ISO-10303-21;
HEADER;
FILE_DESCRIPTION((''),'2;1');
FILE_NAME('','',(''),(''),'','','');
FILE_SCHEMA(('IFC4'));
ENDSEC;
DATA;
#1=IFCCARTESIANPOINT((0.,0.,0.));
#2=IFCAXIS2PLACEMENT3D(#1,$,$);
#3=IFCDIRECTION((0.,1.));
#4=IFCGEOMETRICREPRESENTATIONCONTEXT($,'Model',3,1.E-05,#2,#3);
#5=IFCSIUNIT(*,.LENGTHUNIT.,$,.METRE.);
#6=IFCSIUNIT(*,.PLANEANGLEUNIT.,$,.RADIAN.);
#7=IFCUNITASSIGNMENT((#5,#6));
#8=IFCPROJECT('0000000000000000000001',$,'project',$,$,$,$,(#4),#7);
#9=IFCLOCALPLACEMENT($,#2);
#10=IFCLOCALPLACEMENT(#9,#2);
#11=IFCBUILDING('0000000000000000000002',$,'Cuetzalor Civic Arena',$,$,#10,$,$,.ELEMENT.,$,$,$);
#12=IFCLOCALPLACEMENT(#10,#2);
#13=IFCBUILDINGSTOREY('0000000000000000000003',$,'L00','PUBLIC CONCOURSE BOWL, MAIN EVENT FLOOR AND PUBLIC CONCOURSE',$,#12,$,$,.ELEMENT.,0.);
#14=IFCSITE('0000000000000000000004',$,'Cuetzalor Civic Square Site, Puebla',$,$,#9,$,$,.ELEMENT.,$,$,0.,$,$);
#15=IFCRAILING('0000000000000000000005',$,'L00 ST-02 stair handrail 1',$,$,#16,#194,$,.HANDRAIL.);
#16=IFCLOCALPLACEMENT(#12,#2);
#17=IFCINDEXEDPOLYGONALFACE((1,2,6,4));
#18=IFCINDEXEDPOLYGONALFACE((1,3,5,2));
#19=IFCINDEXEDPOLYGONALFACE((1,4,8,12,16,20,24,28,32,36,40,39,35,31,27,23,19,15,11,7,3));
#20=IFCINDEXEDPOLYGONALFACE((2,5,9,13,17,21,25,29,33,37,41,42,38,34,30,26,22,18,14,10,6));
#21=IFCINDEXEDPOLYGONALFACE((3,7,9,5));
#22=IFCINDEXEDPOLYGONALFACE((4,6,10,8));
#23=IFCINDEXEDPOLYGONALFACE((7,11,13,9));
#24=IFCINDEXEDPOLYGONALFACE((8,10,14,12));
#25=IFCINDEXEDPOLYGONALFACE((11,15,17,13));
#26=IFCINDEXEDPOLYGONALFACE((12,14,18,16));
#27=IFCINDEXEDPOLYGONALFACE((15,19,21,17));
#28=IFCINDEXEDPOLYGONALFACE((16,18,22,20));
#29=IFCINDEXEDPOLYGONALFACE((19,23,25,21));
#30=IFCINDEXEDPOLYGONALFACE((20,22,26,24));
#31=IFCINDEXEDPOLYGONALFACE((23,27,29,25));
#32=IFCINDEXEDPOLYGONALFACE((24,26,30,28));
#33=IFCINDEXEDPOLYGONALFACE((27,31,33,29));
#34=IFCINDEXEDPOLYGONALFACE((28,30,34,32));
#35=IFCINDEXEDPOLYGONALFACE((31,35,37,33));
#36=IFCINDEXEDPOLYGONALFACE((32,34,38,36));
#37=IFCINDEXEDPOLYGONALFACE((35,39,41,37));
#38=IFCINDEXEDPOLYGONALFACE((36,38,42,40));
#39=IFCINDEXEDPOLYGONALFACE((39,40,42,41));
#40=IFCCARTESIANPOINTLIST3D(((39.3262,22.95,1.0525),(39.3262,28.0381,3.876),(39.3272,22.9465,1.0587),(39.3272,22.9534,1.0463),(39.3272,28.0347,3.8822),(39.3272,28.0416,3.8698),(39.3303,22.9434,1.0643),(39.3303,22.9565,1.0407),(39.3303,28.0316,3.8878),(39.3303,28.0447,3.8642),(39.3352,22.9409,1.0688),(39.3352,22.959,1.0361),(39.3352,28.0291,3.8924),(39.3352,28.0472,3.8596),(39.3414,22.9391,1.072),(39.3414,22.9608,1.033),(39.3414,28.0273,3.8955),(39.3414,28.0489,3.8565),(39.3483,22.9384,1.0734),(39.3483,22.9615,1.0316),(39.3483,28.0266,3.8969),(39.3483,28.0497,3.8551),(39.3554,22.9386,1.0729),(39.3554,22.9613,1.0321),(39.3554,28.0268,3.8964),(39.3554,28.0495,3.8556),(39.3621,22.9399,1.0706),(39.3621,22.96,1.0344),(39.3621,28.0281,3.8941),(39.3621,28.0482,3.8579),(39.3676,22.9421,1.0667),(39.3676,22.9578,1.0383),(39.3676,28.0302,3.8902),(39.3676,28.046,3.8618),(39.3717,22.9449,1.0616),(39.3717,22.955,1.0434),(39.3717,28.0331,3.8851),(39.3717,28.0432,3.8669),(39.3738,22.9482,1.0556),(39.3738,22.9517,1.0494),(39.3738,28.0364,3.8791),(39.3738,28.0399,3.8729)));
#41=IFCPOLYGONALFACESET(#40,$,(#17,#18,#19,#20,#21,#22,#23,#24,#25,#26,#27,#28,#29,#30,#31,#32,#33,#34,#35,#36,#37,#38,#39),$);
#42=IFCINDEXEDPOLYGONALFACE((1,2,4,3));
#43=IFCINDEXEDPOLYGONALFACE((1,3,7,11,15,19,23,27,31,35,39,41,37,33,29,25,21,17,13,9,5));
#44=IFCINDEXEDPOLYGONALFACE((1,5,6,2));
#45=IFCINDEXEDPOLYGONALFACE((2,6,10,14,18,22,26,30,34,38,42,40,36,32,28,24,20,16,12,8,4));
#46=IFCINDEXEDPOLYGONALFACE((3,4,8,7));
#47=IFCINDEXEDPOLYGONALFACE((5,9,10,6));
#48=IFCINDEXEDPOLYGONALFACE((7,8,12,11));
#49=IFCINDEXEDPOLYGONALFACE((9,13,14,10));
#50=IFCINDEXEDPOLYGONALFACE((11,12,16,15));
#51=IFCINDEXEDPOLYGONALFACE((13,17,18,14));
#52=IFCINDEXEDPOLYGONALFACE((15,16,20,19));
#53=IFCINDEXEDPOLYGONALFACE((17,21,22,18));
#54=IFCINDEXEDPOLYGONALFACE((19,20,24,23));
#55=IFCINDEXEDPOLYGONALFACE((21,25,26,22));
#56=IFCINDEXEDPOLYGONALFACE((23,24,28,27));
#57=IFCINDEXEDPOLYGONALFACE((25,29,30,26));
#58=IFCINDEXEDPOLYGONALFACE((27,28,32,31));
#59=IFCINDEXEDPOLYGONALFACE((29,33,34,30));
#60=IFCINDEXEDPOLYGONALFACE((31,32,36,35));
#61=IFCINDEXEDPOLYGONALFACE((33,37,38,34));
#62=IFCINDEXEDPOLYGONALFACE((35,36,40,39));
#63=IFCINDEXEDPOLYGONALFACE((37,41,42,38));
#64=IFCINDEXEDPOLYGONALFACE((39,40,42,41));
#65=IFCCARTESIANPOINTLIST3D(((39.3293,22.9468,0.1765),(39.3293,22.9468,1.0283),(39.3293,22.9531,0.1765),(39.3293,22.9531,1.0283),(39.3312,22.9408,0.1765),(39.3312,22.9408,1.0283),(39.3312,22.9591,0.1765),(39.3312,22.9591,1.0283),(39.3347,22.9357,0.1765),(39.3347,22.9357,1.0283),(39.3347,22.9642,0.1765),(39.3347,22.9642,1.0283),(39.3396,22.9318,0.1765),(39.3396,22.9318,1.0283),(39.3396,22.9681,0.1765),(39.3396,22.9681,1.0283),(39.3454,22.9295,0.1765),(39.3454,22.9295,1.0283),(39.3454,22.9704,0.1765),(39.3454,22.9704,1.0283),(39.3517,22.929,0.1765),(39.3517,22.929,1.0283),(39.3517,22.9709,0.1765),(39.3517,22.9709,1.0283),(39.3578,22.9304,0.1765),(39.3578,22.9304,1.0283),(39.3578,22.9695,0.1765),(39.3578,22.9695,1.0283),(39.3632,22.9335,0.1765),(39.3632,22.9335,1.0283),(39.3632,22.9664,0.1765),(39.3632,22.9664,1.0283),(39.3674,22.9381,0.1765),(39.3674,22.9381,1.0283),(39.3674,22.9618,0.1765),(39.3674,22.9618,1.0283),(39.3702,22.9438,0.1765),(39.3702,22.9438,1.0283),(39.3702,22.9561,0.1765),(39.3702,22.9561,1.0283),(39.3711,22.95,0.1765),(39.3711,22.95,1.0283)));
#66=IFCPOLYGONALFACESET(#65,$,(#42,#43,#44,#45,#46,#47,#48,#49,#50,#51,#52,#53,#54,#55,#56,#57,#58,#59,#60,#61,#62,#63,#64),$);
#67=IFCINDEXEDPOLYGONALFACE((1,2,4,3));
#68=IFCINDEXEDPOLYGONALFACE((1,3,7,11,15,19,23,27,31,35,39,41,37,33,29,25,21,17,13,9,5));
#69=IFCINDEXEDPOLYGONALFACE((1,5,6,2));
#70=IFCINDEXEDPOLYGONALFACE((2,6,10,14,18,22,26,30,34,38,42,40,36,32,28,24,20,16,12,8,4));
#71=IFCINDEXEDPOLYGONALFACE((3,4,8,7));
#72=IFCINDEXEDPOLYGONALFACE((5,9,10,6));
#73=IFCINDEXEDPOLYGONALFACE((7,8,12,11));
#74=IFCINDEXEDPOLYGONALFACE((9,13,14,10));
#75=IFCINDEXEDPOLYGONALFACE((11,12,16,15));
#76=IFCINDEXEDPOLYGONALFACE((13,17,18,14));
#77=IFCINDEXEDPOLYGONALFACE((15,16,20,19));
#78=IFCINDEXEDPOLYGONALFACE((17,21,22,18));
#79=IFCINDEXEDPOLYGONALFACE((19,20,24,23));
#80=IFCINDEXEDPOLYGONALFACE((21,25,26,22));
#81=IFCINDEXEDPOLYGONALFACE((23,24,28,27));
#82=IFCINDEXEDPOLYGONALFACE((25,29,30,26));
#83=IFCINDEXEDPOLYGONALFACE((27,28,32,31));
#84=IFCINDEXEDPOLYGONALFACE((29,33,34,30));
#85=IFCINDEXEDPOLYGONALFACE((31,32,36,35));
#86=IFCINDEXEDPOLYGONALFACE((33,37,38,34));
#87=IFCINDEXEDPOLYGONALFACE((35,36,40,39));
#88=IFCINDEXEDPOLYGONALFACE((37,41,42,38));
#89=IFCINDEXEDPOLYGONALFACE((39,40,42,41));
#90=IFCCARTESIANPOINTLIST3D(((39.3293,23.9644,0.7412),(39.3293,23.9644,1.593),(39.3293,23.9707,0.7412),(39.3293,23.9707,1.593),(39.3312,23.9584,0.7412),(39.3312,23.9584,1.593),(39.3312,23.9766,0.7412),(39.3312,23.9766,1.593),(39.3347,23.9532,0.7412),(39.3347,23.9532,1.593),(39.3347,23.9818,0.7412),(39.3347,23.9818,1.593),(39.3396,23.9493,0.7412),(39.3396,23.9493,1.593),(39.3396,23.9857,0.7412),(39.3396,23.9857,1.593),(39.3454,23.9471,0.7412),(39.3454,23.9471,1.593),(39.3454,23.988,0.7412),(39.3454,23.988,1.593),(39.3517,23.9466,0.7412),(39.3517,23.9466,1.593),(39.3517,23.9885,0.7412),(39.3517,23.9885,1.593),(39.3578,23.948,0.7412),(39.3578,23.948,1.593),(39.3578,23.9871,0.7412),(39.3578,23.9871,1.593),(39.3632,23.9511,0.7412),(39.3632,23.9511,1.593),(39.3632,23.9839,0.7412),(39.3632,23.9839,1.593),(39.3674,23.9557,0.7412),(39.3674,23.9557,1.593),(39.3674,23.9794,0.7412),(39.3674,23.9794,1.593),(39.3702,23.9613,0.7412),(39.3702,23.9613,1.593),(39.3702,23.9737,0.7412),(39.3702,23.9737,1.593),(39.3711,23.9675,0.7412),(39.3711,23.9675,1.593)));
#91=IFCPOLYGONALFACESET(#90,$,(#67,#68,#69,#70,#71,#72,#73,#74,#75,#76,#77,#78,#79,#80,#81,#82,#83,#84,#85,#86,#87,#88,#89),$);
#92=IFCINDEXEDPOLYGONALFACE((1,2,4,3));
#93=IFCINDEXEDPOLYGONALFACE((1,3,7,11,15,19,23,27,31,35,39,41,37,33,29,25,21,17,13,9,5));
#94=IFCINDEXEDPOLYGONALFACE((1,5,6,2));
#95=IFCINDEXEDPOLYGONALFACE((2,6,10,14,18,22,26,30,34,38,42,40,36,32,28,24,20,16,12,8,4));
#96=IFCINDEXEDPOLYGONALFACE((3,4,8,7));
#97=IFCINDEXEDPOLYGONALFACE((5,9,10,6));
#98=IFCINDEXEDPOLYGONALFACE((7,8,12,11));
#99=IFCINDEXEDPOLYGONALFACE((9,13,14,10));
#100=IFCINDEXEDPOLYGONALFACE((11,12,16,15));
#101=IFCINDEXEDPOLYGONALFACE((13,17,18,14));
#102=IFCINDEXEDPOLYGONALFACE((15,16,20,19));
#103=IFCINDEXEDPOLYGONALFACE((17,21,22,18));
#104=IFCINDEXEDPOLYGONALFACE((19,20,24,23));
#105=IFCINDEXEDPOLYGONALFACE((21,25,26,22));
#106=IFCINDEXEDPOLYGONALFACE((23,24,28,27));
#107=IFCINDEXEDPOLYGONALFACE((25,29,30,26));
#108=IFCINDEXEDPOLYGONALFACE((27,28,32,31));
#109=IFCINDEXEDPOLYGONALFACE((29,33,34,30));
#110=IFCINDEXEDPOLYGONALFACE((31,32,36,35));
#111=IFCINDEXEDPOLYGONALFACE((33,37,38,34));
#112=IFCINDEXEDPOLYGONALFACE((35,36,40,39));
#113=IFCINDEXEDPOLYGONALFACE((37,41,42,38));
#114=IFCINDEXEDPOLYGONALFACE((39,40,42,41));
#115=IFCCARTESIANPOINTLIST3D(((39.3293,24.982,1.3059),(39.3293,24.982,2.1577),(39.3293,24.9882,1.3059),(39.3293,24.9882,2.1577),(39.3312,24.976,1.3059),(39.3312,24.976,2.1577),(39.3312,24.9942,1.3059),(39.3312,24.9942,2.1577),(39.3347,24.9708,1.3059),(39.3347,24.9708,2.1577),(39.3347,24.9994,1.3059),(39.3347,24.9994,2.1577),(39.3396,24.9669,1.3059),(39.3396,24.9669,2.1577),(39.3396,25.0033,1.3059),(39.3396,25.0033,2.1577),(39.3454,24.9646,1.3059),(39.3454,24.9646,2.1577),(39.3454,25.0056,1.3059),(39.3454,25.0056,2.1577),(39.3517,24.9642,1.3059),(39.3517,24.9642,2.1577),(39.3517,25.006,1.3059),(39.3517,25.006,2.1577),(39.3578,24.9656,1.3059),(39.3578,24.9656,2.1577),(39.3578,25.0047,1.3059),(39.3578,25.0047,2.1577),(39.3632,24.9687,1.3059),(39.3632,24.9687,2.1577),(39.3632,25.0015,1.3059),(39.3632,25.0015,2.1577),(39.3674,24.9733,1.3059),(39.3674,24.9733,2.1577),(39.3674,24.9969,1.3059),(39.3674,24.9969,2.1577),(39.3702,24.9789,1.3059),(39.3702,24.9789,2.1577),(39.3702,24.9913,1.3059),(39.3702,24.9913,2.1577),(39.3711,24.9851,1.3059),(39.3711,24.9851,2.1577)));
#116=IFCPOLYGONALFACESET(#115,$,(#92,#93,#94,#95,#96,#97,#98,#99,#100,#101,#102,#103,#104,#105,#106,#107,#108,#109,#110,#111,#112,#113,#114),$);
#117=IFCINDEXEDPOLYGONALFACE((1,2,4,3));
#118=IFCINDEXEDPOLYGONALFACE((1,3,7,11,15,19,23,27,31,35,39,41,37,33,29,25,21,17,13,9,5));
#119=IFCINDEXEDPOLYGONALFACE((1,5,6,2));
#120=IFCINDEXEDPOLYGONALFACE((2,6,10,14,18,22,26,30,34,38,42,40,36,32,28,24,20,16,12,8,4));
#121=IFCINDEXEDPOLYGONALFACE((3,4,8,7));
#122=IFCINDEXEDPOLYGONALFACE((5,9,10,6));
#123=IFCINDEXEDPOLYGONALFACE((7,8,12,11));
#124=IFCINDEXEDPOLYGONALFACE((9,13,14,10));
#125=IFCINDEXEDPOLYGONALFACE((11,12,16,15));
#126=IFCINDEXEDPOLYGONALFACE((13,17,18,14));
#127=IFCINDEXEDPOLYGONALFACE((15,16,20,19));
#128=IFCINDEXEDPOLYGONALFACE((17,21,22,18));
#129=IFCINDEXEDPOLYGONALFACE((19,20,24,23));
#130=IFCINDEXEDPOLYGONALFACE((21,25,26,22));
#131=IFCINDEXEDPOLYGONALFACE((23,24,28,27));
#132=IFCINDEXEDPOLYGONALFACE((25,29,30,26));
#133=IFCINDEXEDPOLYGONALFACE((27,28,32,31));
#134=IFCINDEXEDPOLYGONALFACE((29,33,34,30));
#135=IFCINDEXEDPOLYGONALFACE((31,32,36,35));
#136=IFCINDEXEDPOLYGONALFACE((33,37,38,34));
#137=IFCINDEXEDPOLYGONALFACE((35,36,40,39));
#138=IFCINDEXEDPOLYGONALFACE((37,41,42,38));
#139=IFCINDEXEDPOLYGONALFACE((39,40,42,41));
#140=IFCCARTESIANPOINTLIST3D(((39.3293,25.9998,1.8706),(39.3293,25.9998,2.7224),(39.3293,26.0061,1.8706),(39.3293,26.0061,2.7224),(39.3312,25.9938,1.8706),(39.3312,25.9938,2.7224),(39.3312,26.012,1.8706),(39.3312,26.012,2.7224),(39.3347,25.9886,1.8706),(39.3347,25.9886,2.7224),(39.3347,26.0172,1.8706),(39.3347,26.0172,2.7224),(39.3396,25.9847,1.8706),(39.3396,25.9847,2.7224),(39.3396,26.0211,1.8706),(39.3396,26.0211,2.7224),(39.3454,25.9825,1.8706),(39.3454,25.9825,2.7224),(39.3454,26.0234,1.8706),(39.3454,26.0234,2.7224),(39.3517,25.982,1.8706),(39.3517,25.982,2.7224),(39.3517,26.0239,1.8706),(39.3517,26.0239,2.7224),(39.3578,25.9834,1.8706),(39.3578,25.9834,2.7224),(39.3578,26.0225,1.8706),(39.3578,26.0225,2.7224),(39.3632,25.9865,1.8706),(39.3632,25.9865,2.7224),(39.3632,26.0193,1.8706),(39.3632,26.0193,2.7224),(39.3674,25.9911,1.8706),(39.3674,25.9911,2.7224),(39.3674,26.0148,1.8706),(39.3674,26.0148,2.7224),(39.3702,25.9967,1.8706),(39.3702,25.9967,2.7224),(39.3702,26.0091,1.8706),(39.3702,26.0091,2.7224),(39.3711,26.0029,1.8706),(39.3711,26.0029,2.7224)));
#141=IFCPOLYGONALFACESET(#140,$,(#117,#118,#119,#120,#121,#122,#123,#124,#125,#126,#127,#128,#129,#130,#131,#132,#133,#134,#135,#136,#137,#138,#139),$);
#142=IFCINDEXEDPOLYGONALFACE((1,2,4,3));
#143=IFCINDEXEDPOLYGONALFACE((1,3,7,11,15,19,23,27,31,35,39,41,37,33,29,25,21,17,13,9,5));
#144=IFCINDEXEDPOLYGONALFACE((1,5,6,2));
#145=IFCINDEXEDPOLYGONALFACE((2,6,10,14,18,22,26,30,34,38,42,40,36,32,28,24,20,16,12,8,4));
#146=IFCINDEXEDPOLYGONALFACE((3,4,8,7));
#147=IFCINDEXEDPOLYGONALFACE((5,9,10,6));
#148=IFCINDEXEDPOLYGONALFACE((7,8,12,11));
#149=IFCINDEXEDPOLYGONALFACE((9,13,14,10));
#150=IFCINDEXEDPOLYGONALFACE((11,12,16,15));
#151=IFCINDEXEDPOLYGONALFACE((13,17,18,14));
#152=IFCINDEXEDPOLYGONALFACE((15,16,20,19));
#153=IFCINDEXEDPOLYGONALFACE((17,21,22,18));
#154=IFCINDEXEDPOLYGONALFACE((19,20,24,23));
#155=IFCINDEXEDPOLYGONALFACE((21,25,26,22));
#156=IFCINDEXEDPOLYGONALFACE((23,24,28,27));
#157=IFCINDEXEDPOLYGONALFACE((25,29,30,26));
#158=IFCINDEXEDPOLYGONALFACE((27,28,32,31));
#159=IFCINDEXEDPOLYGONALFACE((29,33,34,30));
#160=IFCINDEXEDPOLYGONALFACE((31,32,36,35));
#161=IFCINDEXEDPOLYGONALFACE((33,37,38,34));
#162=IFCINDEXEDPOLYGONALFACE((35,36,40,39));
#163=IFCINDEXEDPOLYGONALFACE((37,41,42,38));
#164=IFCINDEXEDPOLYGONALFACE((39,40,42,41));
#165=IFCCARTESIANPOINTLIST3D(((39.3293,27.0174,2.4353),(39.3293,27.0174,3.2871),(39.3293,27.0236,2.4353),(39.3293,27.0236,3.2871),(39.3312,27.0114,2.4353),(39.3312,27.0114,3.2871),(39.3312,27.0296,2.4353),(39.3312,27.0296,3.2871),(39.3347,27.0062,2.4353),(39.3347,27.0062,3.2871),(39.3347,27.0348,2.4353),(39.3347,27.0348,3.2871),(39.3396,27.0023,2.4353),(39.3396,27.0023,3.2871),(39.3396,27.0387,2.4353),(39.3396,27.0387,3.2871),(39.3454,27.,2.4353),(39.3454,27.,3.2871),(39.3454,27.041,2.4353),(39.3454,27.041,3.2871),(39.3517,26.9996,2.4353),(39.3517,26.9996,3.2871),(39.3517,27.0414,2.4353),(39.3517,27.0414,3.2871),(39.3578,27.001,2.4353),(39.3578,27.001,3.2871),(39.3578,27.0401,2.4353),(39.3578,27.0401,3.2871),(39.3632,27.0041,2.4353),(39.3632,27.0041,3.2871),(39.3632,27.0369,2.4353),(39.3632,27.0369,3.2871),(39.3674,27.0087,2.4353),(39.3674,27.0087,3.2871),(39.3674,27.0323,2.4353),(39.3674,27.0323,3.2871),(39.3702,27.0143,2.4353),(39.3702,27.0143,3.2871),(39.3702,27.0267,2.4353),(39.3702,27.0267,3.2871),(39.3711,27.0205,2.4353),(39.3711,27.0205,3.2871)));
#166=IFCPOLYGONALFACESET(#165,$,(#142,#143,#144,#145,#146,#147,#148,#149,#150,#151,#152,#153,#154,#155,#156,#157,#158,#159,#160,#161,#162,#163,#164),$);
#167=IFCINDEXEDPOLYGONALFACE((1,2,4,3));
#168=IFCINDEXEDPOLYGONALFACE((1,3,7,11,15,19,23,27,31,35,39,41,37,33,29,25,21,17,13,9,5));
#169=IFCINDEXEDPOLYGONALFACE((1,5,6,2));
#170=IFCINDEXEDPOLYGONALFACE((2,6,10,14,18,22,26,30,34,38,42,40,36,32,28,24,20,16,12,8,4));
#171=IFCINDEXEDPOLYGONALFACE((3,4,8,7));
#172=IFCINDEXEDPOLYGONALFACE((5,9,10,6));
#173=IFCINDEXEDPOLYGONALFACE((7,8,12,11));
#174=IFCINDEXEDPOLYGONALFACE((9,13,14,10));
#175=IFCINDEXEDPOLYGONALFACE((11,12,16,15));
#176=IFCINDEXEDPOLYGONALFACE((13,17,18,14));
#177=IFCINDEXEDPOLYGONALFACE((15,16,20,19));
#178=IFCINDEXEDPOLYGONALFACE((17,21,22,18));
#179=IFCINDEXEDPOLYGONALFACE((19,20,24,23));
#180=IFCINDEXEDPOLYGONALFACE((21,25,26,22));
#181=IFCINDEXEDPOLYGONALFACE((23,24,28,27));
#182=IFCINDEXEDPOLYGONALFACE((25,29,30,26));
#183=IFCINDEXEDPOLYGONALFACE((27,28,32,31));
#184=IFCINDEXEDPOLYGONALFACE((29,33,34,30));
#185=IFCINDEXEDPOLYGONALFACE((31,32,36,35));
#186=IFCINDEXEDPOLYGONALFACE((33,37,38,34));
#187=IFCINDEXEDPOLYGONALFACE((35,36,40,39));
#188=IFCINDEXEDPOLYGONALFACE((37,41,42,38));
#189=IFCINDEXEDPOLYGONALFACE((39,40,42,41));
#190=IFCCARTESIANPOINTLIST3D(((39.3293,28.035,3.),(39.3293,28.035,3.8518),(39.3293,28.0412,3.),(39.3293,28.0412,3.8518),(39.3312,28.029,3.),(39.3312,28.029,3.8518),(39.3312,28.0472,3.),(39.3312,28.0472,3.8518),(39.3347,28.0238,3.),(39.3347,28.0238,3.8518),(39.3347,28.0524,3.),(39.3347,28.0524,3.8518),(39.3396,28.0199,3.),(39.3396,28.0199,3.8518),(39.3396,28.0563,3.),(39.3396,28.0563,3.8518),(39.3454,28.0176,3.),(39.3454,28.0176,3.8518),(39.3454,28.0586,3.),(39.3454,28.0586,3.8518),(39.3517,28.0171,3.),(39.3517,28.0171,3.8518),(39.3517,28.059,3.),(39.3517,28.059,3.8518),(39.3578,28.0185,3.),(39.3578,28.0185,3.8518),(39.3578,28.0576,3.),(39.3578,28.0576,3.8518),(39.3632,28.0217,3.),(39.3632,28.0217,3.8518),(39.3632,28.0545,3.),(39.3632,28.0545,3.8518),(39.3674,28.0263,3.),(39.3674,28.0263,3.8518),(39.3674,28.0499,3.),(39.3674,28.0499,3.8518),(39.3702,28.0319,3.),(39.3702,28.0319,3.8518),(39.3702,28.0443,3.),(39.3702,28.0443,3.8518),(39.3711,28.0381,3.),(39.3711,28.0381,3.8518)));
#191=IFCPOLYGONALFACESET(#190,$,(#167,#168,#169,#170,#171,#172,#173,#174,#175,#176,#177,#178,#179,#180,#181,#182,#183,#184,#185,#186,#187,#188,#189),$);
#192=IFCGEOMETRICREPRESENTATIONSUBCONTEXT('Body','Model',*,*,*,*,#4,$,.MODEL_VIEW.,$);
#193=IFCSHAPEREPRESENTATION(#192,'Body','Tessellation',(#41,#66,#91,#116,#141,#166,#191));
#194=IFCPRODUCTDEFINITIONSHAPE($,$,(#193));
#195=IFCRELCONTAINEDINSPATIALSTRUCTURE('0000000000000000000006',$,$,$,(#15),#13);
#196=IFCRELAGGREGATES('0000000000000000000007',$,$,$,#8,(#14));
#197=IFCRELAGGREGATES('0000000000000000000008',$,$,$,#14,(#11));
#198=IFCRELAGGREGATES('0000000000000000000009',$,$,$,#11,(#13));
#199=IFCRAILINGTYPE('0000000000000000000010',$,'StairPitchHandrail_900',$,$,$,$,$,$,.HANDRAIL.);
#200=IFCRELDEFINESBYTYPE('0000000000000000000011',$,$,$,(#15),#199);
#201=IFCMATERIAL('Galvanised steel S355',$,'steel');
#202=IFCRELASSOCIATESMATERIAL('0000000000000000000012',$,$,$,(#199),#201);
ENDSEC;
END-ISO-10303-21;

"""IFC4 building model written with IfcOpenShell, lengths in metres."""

from ifc_helpers import new_model, si_unit, direction, frame, origin, origin_2d, place, context, subcontext, project, spatial, circle, extrude, material, type_object, element, save


model = new_model("IFC4")

# Units and contexts
model_context = context("Model", 3, precision=1e-05, world=origin(), true_north=direction((0.0, 1.0)))
body_context = subcontext(model_context, "Body", "Model", "MODEL_VIEW")
ifc_project = project(units=[si_unit("LENGTHUNIT", "METRE"), si_unit("PLANEANGLEUNIT", "RADIAN")], contexts=[model_context])

# Site, building, storey
site_placement = place(None, origin())
site = spatial("IfcSite", under=ifc_project, at=site_placement, Name="Cuetzalor Civic Square Site, Puebla", CompositionType="ELEMENT", RefElevation=0.0)
building_placement = place(site_placement, origin())
building = spatial("IfcBuilding", under=site, at=building_placement, Name="Cuetzalor Civic Arena", CompositionType="ELEMENT")
storey_placement = place(building_placement, origin())
storey = spatial("IfcBuildingStorey", under=building, at=storey_placement, Name="L00", Description="PUBLIC CONCOURSE BOWL, MAIN EVENT FLOOR AND PUBLIC CONCOURSE", CompositionType="ELEMENT", Elevation=0.0)

# Railing
ifc_material_1 = material(Name="Galvanised steel S355", Category="steel")
railing_type_1 = type_object("IfcRailingType", Name="StairPitchHandrail_900", PredefinedType="HANDRAIL", material=ifc_material_1)
railing_1_placement = place(storey_placement, frame((39.3501, 22.95, 0.1765)))
element("IfcRailing", 1, at=railing_1_placement, inside=storey, type_object=railing_type_1, Name="L00 ST-02 stair handrail 1", PredefinedType="HANDRAIL", context=body_context, shape_type="SweptSolid", body=[
    extrude(circle(Radius=0.0239, at=origin_2d()), frame((0.0, 0.0, 0.876), z_axis=(0.0, 0.874395, 0.485215), x_axis=(-1.0, 0.0, 0.0)), (0.0, 0.0, 1.0), 5.8191),
    extrude(circle(Radius=0.021, at=origin_2d()), origin(), (0.0, 0.0, 1.0), 0.8518),
    extrude(circle(Radius=0.021, at=origin_2d()), frame((0.0, 1.0176, 0.5647)), (0.0, 0.0, 1.0), 0.8518),
    extrude(circle(Radius=0.021, at=origin_2d()), frame((0.0, 2.0352, 1.1294)), (0.0, 0.0, 1.0), 0.8518),
    extrude(circle(Radius=0.021, at=origin_2d()), frame((0.0, 3.053, 1.6941)), (0.0, 0.0, 1.0), 0.8518),
    extrude(circle(Radius=0.021, at=origin_2d()), frame((0.0, 4.0706, 2.2588)), (0.0, 0.0, 1.0), 0.8518),
    extrude(circle(Radius=0.021, at=origin_2d()), frame((0.0, 5.0881, 2.8235)), (0.0, 0.0, 1.0), 0.8518),
])

save(model, "model.ifc")
